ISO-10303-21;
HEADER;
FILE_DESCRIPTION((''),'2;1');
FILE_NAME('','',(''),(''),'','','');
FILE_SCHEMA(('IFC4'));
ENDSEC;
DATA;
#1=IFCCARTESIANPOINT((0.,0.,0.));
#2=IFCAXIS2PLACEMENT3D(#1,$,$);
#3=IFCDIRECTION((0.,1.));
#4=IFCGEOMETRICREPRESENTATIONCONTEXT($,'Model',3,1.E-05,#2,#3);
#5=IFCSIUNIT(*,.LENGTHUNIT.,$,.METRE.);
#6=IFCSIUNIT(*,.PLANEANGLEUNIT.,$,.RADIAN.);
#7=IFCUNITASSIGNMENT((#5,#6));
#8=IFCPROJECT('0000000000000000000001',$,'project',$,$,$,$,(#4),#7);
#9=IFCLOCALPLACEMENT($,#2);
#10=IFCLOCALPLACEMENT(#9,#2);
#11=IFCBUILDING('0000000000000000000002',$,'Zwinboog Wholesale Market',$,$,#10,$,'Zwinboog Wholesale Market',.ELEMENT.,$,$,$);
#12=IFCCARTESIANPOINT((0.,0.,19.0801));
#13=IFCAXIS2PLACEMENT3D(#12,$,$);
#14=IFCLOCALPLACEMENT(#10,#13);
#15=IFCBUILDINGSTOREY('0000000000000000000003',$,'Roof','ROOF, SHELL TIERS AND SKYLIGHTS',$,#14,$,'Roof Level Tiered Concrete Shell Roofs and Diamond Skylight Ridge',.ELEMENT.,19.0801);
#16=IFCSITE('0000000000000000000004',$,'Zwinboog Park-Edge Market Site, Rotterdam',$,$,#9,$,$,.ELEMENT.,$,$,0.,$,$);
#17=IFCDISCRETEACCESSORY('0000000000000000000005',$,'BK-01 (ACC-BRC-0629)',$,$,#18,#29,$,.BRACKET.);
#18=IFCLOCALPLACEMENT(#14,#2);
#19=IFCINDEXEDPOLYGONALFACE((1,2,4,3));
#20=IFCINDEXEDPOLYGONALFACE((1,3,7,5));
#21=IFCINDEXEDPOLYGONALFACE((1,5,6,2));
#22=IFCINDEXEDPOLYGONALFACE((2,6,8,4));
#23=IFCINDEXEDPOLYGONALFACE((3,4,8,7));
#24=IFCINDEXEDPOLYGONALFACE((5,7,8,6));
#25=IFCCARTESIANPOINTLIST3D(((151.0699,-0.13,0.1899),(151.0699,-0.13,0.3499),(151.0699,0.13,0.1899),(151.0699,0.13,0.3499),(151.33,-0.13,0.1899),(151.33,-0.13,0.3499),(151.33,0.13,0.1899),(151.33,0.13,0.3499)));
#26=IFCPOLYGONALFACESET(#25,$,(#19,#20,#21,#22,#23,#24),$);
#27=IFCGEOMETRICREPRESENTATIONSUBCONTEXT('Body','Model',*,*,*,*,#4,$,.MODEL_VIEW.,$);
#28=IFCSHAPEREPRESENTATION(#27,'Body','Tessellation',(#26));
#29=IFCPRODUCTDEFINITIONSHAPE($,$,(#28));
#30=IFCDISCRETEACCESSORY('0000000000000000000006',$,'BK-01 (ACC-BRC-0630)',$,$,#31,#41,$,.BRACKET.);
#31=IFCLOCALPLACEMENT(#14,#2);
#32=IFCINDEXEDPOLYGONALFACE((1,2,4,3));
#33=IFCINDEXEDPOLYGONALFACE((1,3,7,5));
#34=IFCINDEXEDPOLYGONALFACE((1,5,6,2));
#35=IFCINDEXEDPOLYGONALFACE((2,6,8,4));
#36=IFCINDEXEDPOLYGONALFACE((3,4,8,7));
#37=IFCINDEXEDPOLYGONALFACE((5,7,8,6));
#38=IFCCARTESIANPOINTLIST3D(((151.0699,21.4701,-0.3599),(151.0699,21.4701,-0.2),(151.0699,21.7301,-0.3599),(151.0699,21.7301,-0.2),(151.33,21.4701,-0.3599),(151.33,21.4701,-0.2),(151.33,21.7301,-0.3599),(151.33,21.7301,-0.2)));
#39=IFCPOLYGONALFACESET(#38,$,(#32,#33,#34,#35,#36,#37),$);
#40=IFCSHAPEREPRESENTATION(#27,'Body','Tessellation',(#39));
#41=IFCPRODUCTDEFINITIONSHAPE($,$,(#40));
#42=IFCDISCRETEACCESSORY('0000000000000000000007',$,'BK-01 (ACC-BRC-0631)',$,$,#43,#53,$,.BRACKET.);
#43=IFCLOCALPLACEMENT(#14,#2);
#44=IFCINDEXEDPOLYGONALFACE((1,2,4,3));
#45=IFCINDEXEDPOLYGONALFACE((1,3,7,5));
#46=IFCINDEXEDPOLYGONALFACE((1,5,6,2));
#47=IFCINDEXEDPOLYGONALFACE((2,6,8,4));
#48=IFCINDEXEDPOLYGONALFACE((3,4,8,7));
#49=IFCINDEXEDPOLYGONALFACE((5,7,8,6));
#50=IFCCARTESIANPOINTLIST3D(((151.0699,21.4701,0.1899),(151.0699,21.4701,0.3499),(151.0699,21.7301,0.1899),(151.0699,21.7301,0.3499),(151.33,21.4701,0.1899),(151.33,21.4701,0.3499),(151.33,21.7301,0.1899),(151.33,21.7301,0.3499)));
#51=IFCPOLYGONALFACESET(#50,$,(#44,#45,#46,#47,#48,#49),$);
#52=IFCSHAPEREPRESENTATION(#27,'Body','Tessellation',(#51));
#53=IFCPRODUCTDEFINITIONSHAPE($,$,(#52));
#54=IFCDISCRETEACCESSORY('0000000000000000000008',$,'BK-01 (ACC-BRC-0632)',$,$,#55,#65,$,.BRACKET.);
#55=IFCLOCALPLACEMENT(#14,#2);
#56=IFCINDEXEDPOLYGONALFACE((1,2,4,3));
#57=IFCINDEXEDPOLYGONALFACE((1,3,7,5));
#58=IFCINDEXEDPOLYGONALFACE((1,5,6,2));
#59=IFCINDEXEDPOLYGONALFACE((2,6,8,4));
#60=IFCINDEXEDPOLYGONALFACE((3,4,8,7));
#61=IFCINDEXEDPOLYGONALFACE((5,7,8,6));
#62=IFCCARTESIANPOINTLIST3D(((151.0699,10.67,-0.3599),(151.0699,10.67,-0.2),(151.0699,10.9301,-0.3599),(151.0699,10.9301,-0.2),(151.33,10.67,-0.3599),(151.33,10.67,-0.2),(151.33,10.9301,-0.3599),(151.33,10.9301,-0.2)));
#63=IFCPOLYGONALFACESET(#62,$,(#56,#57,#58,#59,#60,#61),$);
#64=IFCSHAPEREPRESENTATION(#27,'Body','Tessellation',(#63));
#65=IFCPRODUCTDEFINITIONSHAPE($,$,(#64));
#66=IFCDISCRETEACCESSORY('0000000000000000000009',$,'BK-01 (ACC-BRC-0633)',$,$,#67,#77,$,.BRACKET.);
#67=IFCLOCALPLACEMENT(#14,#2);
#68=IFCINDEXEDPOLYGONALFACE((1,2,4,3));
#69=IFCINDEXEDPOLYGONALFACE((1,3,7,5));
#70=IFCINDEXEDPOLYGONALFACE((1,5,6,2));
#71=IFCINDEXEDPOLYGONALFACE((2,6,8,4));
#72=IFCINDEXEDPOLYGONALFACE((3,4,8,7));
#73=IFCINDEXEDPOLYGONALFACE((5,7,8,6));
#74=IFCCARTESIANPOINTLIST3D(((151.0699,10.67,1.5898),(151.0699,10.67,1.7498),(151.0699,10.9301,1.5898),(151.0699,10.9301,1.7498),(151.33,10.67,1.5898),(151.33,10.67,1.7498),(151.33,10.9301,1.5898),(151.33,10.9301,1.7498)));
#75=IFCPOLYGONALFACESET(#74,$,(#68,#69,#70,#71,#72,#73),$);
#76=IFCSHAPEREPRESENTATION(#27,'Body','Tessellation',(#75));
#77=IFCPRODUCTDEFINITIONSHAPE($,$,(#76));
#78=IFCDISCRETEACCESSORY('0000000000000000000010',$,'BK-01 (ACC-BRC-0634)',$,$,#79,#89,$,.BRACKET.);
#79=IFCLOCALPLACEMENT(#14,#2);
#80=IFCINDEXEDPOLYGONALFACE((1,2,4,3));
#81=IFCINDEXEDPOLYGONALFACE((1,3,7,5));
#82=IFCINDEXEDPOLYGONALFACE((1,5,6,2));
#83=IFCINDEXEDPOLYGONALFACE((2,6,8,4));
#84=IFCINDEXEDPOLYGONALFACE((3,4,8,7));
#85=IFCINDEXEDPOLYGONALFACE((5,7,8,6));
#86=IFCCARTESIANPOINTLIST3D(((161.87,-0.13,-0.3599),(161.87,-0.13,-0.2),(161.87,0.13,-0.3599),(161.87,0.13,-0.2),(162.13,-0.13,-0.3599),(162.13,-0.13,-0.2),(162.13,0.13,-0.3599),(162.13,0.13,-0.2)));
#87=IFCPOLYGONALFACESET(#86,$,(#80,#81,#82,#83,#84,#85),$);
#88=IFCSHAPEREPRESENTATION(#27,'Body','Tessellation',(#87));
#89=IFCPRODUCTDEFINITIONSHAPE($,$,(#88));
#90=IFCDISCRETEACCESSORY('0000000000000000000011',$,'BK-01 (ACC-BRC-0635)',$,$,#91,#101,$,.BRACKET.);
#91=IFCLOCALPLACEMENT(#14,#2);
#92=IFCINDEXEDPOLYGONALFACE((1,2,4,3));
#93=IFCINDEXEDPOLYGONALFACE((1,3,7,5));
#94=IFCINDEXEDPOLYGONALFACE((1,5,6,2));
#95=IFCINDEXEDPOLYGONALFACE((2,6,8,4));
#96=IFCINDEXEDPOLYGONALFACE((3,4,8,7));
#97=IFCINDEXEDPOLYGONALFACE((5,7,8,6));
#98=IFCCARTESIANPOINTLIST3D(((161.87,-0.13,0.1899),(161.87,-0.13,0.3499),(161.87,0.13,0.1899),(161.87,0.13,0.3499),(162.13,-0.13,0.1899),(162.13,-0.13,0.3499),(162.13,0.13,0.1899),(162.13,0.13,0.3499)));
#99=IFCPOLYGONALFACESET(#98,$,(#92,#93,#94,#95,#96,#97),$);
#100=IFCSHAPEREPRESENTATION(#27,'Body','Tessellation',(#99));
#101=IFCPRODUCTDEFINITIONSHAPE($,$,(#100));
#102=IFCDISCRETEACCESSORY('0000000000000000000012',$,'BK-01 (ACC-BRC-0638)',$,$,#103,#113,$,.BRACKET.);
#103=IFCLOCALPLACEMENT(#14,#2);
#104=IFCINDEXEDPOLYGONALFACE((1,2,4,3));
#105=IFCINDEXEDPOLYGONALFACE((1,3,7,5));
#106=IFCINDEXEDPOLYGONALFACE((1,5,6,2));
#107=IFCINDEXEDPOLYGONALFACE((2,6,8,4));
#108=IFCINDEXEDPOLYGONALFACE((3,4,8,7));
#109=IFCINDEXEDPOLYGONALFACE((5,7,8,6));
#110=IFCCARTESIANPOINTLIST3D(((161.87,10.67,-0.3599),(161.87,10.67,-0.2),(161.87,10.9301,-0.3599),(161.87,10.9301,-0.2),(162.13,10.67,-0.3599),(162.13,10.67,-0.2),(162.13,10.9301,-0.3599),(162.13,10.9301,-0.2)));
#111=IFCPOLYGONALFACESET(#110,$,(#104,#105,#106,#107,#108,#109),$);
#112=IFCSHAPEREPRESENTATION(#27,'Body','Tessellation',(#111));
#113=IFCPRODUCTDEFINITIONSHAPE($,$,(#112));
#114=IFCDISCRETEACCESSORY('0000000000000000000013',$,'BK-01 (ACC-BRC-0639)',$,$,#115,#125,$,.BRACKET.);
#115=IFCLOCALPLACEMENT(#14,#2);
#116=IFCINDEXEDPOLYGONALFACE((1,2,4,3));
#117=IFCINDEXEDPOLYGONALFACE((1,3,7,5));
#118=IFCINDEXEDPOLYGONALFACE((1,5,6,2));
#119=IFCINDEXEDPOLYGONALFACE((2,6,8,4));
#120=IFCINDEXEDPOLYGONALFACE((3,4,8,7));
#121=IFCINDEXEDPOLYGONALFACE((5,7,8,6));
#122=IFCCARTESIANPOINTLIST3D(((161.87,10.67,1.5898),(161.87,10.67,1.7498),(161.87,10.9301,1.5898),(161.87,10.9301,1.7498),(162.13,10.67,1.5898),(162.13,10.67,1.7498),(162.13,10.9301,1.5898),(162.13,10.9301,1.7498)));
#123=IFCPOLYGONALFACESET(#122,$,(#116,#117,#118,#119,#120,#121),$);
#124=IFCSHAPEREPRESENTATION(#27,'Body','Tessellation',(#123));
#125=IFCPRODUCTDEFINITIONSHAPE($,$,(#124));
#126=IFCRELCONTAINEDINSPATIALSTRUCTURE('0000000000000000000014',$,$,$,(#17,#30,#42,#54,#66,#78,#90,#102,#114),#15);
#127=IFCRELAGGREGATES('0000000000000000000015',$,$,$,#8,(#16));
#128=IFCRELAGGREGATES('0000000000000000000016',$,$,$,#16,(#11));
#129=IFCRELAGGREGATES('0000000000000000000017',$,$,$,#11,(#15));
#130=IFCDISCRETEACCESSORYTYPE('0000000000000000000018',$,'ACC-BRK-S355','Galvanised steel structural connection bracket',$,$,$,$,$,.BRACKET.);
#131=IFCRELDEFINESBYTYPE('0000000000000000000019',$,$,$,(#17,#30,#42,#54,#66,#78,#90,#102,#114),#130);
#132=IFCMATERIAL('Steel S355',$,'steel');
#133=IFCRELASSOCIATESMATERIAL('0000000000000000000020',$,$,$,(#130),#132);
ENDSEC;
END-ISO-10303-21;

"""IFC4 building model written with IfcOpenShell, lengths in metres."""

from ifc_helpers import new_model, si_unit, direction, frame, origin, origin_2d, place, context, subcontext, project, spatial, rectangle, extrude, material, type_object, element, save


model = new_model("IFC4")

# Units and contexts
model_context = context("Model", 3, precision=1e-05, world=origin(), true_north=direction((0.0, 1.0)))
body_context = subcontext(model_context, "Body", "Model", "MODEL_VIEW")
ifc_project = project(units=[si_unit("LENGTHUNIT", "METRE"), si_unit("PLANEANGLEUNIT", "RADIAN")], contexts=[model_context])

# Site, building, storey
site_placement = place(None, origin())
site = spatial("IfcSite", under=ifc_project, at=site_placement, Name="Zwinboog Park-Edge Market Site, Rotterdam", CompositionType="ELEMENT", RefElevation=0.0)
building_placement = place(site_placement, origin())
building = spatial("IfcBuilding", under=site, at=building_placement, Name="Zwinboog Wholesale Market", LongName="Zwinboog Wholesale Market", CompositionType="ELEMENT")
storey_placement = place(building_placement, frame((0.0, 0.0, 19.0801)))
storey = spatial("IfcBuildingStorey", under=building, at=storey_placement, Name="Roof", Description="ROOF, SHELL TIERS AND SKYLIGHTS", LongName="Roof Level Tiered Concrete Shell Roofs and Diamond Skylight Ridge", CompositionType="ELEMENT", Elevation=19.0801)

# Shared definitions
ifc_material_1 = material(Name="Steel S355", Category="steel")

# Discrete accessories
discrete_accessory_type = type_object("IfcDiscreteAccessoryType", Name="ACC-BRK-S355", Description="Galvanised steel structural connection bracket", PredefinedType="BRACKET", material=ifc_material_1)
for number, where, z_axis, x_axis, name in (
    (1, (151.2, 0.0, 0.1899), (0.0, 0.0, 1.0), (1.0, 0.0, 0.0), "BK-01 (ACC-BRC-0629)"),
    (2, (151.2, 21.6001, -0.3599), (0.0, 0.0, 1.0), (1.0, 0.0, 0.0), "BK-01 (ACC-BRC-0630)"),
    (3, (151.2, 21.6001, 0.1899), (0.0, 0.0, 1.0), (1.0, 0.0, 0.0), "BK-01 (ACC-BRC-0631)"),
    (4, (151.2, 10.8, -0.3599), (0.0, 0.0, 1.0), (1.0, 0.0, 0.0), "BK-01 (ACC-BRC-0632)"),
    (5, (151.2, 10.8, 1.5898), (0.0, 0.0, 1.0), (1.0, 0.0, 0.0), "BK-01 (ACC-BRC-0633)"),
    (6, (162.0, 0.0, -0.3599), (0.0, 0.0, 1.0), (1.0, 0.0, 0.0), "BK-01 (ACC-BRC-0634)"),
    (7, (162.0, 0.0, 0.1899), (0.0, 0.0, 1.0), (1.0, 0.0, 0.0), "BK-01 (ACC-BRC-0635)"),
    (8, (162.0, 10.8, -0.3599), (0.0, 0.0, 1.0), (1.0, 0.0, 0.0), "BK-01 (ACC-BRC-0638)"),
    (9, (162.0, 10.8, 1.5898), (0.0, 0.0, 1.0), (1.0, 0.0, 0.0), "BK-01 (ACC-BRC-0639)"),
):
    element("IfcDiscreteAccessory", number, at=place(storey_placement, frame(where, z_axis=z_axis, x_axis=x_axis)), inside=storey, type_object=discrete_accessory_type, Name=name, PredefinedType="BRACKET", context=body_context, shape_type="SweptSolid", body=[
        extrude(rectangle(XDim=0.26, YDim=0.26, at=origin_2d()), origin(), (0.0, 0.0, 1.0), 0.1599),
    ])

save(model, "model.ifc")
